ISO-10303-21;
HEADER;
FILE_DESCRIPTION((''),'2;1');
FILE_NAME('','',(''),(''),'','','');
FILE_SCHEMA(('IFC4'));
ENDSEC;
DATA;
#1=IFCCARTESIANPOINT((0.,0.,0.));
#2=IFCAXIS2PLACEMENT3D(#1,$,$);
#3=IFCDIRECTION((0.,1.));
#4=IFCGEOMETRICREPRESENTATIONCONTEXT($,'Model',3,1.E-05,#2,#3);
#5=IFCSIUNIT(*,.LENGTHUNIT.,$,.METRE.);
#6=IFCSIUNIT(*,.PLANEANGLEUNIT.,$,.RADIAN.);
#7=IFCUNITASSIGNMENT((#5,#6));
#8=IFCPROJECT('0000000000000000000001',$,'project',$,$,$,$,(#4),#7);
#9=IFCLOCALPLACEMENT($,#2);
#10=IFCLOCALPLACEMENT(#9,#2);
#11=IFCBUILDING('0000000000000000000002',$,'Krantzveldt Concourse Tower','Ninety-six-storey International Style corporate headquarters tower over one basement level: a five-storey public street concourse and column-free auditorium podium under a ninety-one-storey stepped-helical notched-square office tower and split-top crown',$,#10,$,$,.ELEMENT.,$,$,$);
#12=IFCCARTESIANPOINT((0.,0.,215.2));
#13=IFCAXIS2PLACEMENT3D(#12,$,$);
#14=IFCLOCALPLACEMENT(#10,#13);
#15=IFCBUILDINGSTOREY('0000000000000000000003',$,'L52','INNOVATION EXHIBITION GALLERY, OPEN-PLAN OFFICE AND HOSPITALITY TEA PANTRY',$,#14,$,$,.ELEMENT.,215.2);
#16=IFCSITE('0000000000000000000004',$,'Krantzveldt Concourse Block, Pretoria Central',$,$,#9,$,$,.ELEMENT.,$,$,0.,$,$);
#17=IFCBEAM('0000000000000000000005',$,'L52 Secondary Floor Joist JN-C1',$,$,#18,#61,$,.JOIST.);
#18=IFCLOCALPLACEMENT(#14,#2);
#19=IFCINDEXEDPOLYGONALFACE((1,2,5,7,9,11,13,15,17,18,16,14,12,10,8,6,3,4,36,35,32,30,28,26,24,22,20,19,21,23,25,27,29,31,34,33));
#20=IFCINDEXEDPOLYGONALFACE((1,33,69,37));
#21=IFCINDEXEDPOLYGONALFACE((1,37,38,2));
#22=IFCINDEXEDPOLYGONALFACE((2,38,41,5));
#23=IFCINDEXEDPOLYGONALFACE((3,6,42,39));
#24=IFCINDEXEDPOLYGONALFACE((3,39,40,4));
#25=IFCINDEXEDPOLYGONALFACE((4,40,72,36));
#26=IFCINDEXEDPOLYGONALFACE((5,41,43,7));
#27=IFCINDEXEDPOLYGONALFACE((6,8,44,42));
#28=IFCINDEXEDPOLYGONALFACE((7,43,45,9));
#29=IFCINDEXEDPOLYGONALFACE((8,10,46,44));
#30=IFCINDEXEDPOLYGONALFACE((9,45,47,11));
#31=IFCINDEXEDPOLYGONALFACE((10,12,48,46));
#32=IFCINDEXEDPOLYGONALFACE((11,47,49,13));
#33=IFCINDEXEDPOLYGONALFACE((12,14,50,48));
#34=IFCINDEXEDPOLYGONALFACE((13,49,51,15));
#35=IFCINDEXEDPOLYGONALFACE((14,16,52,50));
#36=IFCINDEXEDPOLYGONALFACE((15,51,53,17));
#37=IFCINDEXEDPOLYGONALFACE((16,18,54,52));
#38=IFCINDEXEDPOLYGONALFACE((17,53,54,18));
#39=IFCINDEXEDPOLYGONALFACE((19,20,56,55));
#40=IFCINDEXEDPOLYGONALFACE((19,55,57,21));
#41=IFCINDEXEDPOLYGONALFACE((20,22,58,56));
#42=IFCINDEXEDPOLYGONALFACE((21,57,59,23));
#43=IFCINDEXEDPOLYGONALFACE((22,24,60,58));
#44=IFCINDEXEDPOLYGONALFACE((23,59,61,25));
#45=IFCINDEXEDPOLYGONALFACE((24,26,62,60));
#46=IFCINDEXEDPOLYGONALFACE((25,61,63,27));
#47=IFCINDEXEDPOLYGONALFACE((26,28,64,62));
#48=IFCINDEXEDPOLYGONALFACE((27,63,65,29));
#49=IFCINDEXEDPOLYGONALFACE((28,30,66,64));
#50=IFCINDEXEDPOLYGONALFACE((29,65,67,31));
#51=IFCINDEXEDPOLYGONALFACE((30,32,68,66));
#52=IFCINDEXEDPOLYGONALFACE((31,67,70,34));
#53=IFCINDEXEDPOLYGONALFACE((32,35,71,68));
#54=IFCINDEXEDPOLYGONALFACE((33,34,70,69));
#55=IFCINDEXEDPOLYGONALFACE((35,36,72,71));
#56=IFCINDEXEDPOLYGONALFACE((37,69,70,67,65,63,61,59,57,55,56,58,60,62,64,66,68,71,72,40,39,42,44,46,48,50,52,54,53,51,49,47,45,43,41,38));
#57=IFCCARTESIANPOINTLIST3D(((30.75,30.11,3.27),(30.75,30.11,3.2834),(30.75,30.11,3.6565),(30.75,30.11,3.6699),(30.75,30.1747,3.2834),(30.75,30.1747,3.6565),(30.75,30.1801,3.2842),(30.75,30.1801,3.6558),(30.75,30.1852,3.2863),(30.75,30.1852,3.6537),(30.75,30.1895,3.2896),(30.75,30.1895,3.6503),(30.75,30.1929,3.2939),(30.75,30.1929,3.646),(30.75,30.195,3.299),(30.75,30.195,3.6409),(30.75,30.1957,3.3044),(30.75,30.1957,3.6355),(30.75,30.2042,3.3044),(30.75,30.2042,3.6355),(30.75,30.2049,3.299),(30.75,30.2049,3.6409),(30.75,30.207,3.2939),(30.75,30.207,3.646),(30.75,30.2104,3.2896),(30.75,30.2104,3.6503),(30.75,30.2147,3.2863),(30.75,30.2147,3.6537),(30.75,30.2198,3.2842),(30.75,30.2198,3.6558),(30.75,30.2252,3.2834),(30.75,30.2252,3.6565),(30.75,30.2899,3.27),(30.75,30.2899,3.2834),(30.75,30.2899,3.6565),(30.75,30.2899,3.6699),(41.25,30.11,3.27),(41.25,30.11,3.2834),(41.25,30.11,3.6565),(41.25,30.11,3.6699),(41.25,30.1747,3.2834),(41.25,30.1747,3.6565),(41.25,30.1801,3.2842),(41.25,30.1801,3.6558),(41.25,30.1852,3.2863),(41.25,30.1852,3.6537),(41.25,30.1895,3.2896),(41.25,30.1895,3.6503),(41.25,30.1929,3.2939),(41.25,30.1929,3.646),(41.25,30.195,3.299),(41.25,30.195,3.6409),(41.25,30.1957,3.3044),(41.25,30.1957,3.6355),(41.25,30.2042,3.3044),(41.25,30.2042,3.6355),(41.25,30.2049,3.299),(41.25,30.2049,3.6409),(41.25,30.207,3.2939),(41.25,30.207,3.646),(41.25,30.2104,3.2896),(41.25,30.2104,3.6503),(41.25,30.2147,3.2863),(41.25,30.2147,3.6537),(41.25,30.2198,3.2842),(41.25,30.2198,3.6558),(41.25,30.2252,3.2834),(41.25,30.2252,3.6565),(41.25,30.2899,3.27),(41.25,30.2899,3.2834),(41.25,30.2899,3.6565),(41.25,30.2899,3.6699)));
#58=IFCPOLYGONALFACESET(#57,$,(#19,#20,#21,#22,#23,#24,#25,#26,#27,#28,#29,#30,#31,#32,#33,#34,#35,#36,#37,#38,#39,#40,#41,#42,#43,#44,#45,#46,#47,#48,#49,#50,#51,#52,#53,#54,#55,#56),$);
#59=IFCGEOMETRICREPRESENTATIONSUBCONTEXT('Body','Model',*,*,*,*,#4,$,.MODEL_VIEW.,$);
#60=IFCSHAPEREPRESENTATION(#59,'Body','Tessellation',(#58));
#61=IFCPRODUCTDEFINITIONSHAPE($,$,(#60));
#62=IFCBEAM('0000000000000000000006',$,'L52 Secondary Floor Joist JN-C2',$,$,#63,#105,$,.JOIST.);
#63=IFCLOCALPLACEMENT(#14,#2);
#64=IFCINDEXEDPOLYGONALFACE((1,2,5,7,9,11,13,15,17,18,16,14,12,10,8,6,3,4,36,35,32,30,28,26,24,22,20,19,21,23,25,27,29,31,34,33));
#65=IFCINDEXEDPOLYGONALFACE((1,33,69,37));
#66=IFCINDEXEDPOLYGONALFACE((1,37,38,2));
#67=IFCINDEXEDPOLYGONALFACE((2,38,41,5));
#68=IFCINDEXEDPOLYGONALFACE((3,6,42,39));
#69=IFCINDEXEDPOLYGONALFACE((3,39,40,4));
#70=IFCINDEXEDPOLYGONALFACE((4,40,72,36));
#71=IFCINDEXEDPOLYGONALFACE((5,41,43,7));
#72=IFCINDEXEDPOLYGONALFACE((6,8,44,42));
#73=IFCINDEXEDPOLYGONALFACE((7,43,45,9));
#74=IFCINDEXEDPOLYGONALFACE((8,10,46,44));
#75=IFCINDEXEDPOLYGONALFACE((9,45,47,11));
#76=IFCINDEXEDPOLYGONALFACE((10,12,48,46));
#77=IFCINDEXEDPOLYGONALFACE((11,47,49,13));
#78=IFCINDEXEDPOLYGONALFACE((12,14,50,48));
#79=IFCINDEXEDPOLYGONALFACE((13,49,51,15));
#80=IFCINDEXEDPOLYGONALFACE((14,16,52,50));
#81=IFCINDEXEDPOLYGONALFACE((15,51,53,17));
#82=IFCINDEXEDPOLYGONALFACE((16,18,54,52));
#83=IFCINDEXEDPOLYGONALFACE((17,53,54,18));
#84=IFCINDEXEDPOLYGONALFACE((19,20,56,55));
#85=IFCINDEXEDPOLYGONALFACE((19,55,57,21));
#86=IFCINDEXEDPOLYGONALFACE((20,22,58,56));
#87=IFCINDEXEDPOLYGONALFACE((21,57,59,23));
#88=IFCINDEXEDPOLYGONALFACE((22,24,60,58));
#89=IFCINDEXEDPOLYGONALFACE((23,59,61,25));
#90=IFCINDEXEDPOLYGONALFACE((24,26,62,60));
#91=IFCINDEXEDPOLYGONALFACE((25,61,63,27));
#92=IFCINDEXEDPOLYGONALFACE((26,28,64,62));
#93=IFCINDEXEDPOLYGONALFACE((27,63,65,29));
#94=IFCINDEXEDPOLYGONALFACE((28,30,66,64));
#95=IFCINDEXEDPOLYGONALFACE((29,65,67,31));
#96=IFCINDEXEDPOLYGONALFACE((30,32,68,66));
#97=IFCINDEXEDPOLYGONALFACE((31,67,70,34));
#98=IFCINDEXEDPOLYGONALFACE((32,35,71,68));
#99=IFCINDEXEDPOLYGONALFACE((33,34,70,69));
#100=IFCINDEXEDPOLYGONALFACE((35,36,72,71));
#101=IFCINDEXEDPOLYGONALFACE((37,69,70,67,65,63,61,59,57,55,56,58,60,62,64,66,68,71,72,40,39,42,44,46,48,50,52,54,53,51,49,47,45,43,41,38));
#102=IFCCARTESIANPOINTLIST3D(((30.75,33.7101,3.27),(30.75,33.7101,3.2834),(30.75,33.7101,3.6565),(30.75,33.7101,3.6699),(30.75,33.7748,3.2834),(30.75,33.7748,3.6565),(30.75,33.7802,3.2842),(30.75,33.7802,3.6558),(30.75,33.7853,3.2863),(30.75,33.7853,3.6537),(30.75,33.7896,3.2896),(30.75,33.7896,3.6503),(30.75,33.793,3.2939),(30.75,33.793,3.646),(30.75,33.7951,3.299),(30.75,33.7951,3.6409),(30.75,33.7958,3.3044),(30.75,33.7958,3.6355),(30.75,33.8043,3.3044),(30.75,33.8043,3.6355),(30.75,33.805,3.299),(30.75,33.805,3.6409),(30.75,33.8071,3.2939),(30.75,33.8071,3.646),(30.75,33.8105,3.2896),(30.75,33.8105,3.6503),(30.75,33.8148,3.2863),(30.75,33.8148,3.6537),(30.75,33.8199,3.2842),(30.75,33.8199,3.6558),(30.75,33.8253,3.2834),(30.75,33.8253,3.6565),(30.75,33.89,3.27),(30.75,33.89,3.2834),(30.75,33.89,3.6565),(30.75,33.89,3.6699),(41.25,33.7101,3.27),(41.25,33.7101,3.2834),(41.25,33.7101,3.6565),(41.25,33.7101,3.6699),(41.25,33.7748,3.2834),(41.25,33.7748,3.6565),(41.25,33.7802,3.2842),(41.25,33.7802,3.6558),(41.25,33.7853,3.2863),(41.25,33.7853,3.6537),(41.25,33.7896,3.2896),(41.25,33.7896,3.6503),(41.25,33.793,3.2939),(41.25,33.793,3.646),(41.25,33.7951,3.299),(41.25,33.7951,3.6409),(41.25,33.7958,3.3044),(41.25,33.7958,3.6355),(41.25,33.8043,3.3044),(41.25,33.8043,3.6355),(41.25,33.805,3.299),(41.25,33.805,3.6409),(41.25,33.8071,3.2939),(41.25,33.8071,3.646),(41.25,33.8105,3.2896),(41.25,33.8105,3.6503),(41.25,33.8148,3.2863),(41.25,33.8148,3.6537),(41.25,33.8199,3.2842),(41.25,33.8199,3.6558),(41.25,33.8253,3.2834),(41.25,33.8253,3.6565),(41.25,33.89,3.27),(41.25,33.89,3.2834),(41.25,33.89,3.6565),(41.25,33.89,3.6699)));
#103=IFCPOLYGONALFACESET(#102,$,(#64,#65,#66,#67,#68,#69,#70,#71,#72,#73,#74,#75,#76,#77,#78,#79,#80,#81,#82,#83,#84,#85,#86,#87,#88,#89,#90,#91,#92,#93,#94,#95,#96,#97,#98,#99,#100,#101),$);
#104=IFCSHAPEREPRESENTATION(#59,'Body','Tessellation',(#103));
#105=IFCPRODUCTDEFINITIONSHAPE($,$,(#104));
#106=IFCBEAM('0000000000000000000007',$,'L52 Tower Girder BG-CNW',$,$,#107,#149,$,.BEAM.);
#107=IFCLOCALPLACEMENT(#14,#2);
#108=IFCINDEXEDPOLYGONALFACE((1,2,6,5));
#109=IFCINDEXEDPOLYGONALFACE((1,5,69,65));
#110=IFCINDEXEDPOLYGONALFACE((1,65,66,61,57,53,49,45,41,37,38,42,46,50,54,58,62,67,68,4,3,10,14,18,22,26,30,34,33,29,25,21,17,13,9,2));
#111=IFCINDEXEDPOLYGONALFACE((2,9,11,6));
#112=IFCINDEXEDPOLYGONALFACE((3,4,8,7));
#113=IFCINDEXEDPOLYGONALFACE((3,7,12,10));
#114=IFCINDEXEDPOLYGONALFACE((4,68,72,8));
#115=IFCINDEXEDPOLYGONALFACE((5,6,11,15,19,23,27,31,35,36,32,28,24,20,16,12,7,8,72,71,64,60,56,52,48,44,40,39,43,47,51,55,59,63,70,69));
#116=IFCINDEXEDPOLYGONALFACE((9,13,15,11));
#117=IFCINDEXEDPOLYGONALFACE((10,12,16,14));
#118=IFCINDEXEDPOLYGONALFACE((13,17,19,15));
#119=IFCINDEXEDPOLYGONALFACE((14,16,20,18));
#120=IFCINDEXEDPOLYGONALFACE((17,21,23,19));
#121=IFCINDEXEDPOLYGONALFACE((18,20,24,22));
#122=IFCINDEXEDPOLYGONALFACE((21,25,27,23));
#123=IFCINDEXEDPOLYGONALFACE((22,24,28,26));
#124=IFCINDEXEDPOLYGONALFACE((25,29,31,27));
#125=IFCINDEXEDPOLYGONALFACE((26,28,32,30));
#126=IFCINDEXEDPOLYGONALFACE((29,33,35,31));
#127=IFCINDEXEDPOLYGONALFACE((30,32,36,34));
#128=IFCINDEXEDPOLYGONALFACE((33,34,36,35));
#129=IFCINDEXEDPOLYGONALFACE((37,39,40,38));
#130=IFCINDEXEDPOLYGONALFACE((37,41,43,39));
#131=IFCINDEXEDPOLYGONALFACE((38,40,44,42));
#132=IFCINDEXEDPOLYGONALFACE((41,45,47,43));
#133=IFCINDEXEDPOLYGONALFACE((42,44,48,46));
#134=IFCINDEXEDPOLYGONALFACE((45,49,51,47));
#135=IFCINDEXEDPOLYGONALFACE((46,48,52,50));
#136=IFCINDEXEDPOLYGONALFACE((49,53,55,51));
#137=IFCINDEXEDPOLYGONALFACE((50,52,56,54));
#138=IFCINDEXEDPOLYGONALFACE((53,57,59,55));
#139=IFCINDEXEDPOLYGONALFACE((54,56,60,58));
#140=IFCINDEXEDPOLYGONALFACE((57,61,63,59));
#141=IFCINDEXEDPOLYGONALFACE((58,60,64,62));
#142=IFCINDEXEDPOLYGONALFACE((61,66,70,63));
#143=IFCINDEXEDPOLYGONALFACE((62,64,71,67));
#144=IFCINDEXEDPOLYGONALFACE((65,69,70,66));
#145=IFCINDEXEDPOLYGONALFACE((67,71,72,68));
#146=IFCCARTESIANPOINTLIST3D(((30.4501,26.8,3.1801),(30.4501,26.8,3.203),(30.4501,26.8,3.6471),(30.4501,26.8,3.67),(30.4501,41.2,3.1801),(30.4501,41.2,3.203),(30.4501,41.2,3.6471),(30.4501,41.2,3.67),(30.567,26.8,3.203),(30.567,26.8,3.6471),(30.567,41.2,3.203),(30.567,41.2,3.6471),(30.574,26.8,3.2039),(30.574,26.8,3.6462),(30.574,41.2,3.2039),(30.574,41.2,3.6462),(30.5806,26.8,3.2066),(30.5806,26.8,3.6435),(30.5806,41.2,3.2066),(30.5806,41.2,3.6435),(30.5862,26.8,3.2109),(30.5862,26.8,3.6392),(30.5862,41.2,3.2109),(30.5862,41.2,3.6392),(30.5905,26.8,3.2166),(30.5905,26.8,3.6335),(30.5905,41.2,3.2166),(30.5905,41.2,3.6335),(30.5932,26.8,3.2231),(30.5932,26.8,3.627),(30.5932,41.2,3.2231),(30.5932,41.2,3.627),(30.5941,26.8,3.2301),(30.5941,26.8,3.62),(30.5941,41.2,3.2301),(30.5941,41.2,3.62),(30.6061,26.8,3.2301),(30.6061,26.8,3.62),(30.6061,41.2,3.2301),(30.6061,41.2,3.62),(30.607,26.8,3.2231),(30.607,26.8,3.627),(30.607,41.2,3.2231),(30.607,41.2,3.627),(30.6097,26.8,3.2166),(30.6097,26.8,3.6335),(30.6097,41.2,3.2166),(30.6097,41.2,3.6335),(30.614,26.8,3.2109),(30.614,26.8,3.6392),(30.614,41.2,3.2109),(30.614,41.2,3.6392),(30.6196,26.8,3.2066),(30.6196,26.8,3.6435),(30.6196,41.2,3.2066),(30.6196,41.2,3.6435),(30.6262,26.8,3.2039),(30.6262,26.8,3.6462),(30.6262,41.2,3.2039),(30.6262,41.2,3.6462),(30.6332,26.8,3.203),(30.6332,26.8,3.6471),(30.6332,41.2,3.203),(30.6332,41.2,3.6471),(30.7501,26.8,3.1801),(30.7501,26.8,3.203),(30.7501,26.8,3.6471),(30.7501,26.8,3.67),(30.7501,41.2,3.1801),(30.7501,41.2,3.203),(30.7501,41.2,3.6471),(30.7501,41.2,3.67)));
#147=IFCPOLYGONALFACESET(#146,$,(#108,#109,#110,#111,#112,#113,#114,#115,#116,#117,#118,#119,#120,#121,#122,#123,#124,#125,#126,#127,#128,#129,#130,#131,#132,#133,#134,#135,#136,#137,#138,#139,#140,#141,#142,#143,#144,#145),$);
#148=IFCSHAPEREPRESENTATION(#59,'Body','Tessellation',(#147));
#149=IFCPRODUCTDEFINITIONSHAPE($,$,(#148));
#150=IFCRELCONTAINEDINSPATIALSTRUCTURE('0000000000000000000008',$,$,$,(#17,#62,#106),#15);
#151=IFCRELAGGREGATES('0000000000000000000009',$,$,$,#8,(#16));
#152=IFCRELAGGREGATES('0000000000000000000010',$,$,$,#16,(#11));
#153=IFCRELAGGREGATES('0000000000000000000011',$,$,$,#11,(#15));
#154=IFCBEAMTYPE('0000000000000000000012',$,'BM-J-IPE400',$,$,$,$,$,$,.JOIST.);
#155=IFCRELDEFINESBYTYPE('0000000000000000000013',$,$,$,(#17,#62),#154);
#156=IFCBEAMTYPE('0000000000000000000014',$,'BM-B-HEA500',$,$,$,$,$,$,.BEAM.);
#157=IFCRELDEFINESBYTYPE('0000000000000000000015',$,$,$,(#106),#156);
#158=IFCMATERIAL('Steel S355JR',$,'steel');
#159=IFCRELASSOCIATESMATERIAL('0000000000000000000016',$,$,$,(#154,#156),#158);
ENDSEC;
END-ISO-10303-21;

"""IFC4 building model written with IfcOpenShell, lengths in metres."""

from ifc_helpers import new_model, si_unit, direction, frame, origin, origin_2d, place, context, subcontext, project, spatial, i_section, extrude, source, transform, mapped, material, material_profile, profile_set, type_object, type_shapes, element, save


model = new_model("IFC4")

# Units and contexts
model_context = context("Model", 3, precision=1e-05, world=origin(), true_north=direction((0.0, 1.0)))
body_context = subcontext(model_context, "Body", "Model", "MODEL_VIEW")
ifc_project = project(units=[si_unit("LENGTHUNIT", "METRE"), si_unit("PLANEANGLEUNIT", "RADIAN")], contexts=[model_context])

# Site, building, storey
site_placement = place(None, origin())
site = spatial("IfcSite", under=ifc_project, at=site_placement, Name="Krantzveldt Concourse Block, Pretoria Central", CompositionType="ELEMENT", RefElevation=0.0)
building_placement = place(site_placement, origin())
building = spatial("IfcBuilding", under=site, at=building_placement, Name="Krantzveldt Concourse Tower", Description="Ninety-six-storey International Style corporate headquarters tower over one basement level: a five-storey public street concourse and column-free auditorium podium under a ninety-one-storey stepped-helical notched-square office tower and split-top crown", CompositionType="ELEMENT")
storey_placement = place(building_placement, frame((0.0, 0.0, 215.2)))
storey = spatial("IfcBuildingStorey", under=building, at=storey_placement, Name="L52", Description="INNOVATION EXHIBITION GALLERY, OPEN-PLAN OFFICE AND HOSPITALITY TEA PANTRY", CompositionType="ELEMENT", Elevation=215.2)

# Beams
ifc_material_1 = material(Name="Steel S355JR", Category="steel")
ifc_material_profile_1 = material_profile(ifc_material_1, i_section(OverallWidth=0.1799, OverallDepth=0.3999, WebThickness=0.0085, FlangeThickness=0.0134, FilletRadius=0.021, at=origin_2d()), Name="Steel S355JR", Category="steel")
ifc_profile_set_1 = profile_set([ifc_material_profile_1], Name="Steel S355JR - IPE 400")
beam_type_1 = type_object("IfcBeamType", Name="BM-J-IPE400", PredefinedType="JOIST", material=ifc_profile_set_1)
shared_shape_1 = source(origin(), body_context, "Body", "SweptSolid", [
    extrude(i_section(OverallWidth=0.1799, OverallDepth=0.3999, WebThickness=0.0085, FlangeThickness=0.0134, FilletRadius=0.021, at=origin_2d()), origin(), (0.0, 0.0, 1.0), 10.5),
])
type_shapes(beam_type_1, [shared_shape_1])
for number, where, z_axis, x_axis, name in (
    (1, (30.75, 30.2, 3.47), (1.0, 0.0, 0.0), (0.0, 1.0, 0.0), "L52 Secondary Floor Joist JN-C1"),
    (2, (30.75, 33.8, 3.47), (1.0, 0.0, 0.0), (0.0, 1.0, 0.0), "L52 Secondary Floor Joist JN-C2"),
):
    element("IfcBeam", number, at=place(storey_placement, frame(where, z_axis=z_axis, x_axis=x_axis)), inside=storey, type_object=beam_type_1, Name=name, PredefinedType="JOIST", context=body_context, shape_type="MappedRepresentation", body=[
        mapped(shared_shape_1, transform((0.0, 0.0, 0.0), x_axis=(1.0, 0.0, 0.0), y_axis=(0.0, 1.0, 0.0), z_axis=(0.0, 0.0, 1.0), scale=1.0)),
    ])
ifc_material_profile_2 = material_profile(ifc_material_1, i_section(OverallWidth=0.3, OverallDepth=0.49, WebThickness=0.012, FlangeThickness=0.0229, FilletRadius=0.0271, at=origin_2d()), Name="Steel S355JR", Category="steel")
ifc_profile_set_2 = profile_set([ifc_material_profile_2], Name="Steel S355JR - HEA 500")
beam_type_2 = type_object("IfcBeamType", Name="BM-B-HEA500", PredefinedType="BEAM", material=ifc_profile_set_2)
shared_shape_2 = source(origin(), body_context, "Body", "SweptSolid", [
    extrude(i_section(OverallWidth=0.3, OverallDepth=0.49, WebThickness=0.012, FlangeThickness=0.0229, FilletRadius=0.0271, at=origin_2d()), origin(), (0.0, 0.0, 1.0), 14.3999),
])
type_shapes(beam_type_2, [shared_shape_2])
beam_1_placement = place(storey_placement, frame((30.6001, 26.8, 3.425), z_axis=(0.0, 1.0, 0.0), x_axis=(-1.0, 0.0, 0.0)))
element("IfcBeam", 3, at=beam_1_placement, inside=storey, type_object=beam_type_2, Name="L52 Tower Girder BG-CNW", PredefinedType="BEAM", context=body_context, shape_type="MappedRepresentation", body=[
    mapped(shared_shape_2, transform((0.0, 0.0, 0.0), x_axis=(1.0, 0.0, 0.0), y_axis=(0.0, 1.0, 0.0), z_axis=(0.0, 0.0, 1.0), scale=1.0)),
])

save(model, "model.ifc")
